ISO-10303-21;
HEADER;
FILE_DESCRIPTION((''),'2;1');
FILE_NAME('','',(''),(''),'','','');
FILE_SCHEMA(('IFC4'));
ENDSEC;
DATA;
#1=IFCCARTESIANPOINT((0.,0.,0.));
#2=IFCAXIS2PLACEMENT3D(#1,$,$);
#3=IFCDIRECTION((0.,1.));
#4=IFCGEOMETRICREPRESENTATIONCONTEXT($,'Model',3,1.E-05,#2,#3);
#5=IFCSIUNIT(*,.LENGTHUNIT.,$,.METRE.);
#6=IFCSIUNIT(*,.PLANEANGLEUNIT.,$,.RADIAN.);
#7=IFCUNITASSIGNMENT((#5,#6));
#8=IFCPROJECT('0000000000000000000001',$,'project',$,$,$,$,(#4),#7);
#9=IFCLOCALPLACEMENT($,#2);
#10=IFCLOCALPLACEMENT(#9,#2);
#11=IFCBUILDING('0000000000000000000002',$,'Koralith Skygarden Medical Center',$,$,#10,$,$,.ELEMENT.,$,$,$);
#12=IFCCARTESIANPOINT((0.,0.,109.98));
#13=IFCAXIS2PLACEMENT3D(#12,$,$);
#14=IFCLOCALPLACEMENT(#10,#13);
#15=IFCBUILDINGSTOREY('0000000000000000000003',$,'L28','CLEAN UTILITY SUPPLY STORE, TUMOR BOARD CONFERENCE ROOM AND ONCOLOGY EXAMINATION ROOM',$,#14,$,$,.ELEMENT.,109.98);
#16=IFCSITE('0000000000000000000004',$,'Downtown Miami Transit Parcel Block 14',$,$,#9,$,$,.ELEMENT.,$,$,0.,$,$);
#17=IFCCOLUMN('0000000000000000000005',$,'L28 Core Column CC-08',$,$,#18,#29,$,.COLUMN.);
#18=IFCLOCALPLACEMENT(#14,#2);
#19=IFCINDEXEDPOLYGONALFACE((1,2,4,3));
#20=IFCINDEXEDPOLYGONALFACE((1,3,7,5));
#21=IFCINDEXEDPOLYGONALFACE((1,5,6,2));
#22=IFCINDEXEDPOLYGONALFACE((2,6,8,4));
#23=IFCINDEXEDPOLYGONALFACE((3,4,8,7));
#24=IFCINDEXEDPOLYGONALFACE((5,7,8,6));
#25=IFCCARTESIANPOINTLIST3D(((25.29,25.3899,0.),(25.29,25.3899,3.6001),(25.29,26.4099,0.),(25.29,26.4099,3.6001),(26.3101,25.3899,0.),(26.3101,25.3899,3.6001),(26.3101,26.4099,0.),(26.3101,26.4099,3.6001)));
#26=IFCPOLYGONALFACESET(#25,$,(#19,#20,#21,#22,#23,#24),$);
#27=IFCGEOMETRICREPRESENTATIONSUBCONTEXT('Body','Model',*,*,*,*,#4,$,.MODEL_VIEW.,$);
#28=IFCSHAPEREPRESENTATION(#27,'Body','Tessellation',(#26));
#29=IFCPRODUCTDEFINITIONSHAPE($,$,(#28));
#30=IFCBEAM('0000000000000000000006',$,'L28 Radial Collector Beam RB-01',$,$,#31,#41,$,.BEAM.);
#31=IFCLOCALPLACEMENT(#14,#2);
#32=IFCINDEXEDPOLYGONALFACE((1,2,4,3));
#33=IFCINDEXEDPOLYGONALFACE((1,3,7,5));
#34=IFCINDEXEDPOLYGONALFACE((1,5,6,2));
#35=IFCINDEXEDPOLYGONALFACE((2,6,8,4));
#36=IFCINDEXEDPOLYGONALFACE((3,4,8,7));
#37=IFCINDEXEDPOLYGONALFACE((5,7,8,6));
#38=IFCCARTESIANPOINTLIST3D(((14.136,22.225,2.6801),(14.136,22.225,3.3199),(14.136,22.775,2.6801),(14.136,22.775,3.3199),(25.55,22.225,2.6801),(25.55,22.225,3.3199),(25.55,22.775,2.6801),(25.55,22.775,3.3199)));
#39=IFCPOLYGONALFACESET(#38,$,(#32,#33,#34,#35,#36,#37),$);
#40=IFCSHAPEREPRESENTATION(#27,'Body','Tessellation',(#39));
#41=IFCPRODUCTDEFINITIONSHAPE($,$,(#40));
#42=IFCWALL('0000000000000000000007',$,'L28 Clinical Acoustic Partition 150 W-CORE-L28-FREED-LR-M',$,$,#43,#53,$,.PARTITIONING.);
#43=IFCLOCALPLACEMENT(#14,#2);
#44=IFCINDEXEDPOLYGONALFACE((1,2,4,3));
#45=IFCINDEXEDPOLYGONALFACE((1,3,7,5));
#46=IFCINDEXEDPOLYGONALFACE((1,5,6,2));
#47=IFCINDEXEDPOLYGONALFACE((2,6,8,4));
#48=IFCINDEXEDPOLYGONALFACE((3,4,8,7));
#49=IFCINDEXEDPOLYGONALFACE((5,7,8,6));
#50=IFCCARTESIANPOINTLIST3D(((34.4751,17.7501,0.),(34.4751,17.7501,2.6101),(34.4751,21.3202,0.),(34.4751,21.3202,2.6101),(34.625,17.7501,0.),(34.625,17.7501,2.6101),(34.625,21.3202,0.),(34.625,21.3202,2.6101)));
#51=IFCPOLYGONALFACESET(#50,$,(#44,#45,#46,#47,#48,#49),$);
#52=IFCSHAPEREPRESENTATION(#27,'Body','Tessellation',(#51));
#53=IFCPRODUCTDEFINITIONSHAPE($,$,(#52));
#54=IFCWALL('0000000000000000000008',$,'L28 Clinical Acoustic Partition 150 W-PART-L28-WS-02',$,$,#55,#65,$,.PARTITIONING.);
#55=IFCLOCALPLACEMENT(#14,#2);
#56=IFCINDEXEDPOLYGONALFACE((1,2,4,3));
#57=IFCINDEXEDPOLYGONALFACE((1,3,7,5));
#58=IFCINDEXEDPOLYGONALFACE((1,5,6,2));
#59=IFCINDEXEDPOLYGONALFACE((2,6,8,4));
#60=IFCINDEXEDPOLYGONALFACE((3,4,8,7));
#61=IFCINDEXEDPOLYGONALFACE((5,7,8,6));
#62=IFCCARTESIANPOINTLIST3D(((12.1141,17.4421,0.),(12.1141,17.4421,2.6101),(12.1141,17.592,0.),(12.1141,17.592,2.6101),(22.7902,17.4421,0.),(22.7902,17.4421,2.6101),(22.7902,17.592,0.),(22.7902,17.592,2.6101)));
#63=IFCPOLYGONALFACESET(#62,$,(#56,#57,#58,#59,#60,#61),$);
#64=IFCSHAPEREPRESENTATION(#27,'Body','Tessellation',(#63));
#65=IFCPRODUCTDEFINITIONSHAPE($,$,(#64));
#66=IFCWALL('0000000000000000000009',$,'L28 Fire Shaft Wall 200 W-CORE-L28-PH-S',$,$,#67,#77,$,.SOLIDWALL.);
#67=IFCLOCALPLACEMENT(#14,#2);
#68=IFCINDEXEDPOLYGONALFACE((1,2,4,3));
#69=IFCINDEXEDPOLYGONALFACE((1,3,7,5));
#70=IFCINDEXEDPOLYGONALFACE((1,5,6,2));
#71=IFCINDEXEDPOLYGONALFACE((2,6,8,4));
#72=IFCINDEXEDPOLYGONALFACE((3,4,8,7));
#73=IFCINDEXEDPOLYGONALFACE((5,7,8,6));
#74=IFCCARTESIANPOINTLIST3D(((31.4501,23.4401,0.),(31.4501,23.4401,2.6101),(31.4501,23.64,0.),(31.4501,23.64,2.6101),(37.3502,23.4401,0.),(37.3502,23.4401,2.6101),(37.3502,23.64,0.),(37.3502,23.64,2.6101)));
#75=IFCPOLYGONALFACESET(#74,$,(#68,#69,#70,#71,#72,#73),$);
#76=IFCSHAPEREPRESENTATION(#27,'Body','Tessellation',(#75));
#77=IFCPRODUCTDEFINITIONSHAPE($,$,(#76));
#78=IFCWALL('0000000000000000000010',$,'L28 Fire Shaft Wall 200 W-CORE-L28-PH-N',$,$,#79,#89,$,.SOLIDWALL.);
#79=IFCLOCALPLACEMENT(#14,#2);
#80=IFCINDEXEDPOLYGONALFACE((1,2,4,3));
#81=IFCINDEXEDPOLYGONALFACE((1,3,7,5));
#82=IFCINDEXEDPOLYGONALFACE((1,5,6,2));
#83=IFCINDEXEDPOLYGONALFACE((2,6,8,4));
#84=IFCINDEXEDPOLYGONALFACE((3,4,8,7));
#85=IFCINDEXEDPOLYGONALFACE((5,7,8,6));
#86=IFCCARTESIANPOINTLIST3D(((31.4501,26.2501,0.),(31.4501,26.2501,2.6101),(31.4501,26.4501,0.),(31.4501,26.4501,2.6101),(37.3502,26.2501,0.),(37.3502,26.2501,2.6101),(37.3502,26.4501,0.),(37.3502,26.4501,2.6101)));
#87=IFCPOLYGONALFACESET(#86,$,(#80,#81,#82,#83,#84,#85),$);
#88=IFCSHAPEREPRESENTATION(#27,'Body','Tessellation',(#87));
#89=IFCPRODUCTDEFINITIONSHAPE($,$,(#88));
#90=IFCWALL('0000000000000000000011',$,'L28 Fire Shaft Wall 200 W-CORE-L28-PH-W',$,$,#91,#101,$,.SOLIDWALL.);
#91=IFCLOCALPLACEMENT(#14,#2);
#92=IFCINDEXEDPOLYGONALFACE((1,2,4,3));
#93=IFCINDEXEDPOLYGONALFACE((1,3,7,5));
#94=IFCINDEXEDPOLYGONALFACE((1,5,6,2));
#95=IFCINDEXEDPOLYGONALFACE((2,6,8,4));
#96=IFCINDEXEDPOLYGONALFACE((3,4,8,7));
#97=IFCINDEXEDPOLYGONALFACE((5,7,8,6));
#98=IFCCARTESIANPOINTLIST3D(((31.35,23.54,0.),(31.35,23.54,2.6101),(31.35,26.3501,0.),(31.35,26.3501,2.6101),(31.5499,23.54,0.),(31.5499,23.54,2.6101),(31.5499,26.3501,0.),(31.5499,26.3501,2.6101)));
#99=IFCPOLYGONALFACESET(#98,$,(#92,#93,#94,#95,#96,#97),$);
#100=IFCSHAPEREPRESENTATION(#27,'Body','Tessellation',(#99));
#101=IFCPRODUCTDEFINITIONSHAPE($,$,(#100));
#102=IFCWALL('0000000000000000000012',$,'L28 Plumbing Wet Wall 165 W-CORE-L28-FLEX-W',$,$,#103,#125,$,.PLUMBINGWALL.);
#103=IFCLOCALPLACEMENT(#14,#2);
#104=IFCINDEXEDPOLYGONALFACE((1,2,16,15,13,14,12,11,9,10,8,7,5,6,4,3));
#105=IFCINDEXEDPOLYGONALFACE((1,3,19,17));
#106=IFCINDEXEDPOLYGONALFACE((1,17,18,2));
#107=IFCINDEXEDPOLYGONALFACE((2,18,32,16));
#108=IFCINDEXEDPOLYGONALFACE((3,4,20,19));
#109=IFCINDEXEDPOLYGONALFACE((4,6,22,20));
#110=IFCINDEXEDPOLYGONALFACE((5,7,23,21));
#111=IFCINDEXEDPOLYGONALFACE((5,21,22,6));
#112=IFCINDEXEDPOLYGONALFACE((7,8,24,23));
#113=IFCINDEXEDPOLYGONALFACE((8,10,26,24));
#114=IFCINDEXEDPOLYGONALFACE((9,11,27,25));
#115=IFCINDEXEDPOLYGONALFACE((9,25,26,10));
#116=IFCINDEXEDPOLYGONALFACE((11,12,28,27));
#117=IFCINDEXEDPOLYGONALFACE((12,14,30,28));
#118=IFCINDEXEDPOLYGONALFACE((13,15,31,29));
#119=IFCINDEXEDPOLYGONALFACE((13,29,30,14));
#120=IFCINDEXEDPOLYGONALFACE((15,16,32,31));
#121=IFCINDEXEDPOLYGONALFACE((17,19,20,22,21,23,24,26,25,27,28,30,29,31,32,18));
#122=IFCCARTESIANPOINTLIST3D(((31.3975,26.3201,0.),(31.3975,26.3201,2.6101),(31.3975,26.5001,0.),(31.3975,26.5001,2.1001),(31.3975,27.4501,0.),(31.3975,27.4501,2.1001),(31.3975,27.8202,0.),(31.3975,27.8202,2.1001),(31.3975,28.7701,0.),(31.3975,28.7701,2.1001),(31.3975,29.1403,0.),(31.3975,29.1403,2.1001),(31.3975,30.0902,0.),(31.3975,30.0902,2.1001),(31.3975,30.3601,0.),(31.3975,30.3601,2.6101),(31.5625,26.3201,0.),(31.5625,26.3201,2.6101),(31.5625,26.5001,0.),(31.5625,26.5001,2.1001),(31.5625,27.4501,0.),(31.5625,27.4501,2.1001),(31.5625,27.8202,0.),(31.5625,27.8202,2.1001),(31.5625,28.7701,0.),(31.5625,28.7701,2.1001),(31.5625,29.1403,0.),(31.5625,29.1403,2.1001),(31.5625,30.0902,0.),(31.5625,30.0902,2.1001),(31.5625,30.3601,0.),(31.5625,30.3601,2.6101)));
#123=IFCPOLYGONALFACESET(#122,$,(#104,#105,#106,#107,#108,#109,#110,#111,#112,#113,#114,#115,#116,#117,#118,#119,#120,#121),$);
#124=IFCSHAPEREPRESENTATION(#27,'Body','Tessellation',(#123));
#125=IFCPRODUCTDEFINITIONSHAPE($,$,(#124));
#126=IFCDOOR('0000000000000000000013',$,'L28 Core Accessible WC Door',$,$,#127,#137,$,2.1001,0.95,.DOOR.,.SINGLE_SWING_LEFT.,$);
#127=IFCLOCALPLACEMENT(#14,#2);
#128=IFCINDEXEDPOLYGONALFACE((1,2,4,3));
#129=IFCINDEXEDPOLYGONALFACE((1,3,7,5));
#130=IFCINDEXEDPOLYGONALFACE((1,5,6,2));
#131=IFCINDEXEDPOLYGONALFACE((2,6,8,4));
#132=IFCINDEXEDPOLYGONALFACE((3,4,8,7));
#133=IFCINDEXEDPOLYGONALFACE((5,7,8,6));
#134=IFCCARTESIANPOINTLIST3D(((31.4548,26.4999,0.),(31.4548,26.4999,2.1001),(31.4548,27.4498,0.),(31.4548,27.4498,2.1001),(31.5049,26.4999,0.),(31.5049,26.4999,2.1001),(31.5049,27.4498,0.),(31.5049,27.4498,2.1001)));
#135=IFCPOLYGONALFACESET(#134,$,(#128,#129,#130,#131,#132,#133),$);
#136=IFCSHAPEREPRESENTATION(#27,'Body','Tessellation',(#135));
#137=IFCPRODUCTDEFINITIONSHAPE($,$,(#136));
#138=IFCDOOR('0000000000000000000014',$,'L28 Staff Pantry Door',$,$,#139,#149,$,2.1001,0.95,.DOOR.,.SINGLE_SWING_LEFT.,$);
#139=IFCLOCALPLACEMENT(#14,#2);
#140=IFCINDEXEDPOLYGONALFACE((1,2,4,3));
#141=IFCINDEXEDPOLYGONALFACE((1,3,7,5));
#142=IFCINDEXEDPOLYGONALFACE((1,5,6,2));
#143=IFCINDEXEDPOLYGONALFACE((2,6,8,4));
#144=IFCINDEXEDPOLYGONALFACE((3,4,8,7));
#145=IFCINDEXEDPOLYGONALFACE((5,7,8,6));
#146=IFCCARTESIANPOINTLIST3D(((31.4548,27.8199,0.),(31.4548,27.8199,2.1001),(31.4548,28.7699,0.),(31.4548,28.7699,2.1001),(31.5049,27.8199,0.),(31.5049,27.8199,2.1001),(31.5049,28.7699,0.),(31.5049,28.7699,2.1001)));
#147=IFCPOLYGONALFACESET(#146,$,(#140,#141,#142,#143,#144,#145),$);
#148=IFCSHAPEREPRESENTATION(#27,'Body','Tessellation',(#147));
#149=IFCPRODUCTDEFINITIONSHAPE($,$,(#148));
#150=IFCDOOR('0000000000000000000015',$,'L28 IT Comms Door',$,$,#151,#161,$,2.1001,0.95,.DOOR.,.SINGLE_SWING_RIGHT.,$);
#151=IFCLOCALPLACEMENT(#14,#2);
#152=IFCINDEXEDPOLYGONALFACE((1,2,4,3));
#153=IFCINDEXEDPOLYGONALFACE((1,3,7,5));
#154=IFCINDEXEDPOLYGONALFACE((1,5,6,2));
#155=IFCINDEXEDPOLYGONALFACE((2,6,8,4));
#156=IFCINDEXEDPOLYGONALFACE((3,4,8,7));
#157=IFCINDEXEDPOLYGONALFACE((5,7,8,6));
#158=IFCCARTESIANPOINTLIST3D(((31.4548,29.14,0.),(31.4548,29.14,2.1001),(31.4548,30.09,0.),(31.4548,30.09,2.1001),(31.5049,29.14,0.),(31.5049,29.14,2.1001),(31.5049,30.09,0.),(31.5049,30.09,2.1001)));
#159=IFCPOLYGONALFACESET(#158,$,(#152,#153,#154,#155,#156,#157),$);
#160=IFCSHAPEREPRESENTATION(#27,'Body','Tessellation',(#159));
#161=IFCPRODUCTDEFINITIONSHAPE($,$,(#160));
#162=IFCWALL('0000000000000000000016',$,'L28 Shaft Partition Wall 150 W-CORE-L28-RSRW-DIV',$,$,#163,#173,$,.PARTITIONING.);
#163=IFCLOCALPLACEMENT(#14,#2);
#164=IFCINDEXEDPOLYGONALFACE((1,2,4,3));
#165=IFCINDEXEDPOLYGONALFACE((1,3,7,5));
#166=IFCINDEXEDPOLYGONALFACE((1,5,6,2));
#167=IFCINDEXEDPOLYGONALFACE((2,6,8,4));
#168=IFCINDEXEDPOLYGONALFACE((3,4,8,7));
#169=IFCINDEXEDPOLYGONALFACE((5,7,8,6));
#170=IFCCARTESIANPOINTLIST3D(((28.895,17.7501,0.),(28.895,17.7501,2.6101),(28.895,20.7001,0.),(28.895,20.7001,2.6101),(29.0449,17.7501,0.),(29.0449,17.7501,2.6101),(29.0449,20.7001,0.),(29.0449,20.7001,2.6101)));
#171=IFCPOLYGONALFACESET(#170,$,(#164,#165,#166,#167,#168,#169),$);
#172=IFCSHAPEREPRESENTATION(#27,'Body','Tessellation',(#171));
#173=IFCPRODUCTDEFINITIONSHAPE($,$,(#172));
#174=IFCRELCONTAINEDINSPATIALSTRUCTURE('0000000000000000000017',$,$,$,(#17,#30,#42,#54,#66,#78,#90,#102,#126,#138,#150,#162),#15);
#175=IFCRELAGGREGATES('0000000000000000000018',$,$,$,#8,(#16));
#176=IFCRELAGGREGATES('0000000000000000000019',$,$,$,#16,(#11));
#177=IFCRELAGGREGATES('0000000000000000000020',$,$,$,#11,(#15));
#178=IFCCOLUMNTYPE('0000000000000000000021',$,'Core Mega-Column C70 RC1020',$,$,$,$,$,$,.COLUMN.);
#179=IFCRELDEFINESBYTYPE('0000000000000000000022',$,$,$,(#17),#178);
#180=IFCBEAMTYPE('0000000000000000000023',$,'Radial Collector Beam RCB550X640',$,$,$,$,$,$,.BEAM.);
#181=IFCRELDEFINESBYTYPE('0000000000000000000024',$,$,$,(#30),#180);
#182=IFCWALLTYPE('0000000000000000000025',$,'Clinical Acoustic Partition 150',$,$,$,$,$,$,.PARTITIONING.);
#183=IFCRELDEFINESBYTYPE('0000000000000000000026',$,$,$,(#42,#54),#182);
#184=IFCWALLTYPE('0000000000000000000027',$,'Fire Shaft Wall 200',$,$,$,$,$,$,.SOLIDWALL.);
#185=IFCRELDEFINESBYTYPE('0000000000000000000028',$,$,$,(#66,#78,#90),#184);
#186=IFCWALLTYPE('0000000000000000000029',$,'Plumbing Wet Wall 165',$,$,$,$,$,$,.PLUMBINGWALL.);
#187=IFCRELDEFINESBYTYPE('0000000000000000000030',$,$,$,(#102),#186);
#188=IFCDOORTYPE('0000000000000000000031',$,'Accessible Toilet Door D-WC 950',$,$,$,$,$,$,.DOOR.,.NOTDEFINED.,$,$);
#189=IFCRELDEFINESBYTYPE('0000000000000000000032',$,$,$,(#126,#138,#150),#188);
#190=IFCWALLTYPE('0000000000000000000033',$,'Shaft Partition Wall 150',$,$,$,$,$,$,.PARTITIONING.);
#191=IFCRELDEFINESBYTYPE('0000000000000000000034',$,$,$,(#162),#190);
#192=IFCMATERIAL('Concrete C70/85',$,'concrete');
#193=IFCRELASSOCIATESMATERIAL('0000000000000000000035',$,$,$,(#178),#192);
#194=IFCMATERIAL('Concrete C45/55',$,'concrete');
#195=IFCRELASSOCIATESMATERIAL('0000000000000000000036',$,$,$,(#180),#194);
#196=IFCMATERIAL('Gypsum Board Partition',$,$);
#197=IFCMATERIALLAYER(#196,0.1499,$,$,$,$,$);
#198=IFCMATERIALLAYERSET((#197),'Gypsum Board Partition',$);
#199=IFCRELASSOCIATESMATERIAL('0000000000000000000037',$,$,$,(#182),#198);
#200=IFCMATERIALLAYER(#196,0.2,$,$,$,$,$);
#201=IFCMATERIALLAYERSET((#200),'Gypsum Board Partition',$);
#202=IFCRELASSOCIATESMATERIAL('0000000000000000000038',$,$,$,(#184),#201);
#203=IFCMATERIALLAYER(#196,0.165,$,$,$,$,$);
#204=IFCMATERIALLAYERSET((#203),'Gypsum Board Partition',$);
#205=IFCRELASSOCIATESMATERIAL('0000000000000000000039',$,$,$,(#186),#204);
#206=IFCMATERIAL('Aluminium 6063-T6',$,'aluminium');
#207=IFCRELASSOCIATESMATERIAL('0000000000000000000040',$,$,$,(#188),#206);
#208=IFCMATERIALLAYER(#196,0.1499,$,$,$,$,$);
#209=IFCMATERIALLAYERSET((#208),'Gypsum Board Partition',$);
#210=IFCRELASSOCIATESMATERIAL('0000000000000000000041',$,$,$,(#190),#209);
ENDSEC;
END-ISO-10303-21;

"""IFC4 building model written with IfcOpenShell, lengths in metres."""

from ifc_helpers import new_model, si_unit, direction, frame, frame_2d, origin, origin_2d, place, context, subcontext, project, spatial, rectangle, extrude, material, layer, layer_set, material_profile, profile_set, type_object, element, fill, save


model = new_model("IFC4")

# Units and contexts
model_context = context("Model", 3, precision=1e-05, world=origin(), true_north=direction((0.0, 1.0)))
body_context = subcontext(model_context, "Body", "Model", "MODEL_VIEW")
ifc_project = project(units=[si_unit("LENGTHUNIT", "METRE"), si_unit("PLANEANGLEUNIT", "RADIAN")], contexts=[model_context])

# Site, building, storey
site_placement = place(None, origin())
site = spatial("IfcSite", under=ifc_project, at=site_placement, Name="Downtown Miami Transit Parcel Block 14", CompositionType="ELEMENT", RefElevation=0.0)
building_placement = place(site_placement, origin())
building = spatial("IfcBuilding", under=site, at=building_placement, Name="Koralith Skygarden Medical Center", CompositionType="ELEMENT")
storey_placement = place(building_placement, frame((0.0, 0.0, 109.98)))
storey = spatial("IfcBuildingStorey", under=building, at=storey_placement, Name="L28", Description="CLEAN UTILITY SUPPLY STORE, TUMOR BOARD CONFERENCE ROOM AND ONCOLOGY EXAMINATION ROOM", CompositionType="ELEMENT", Elevation=109.98)

# Column
ifc_material_1 = material(Name="Concrete C70/85", Category="concrete")
ifc_material_profile_1 = material_profile(ifc_material_1, rectangle(XDim=1.02, YDim=1.02, at=origin_2d()), Name="RC1020X1020")
ifc_profile_set_1 = profile_set([ifc_material_profile_1], Name="Concrete C70/85")
column_type = type_object("IfcColumnType", Name="Core Mega-Column C70 RC1020", PredefinedType="COLUMN", material=ifc_profile_set_1)
column_placement = place(storey_placement, frame((25.8, 25.8999, 0.0), z_axis=(0.0, 0.0, 1.0), x_axis=(1.0, 0.0, 0.0)))
element("IfcColumn", 1, at=column_placement, inside=storey, type_object=column_type, Name="L28 Core Column CC-08", PredefinedType="COLUMN", context=body_context, shape_type="SweptSolid", body=[
    extrude(rectangle(XDim=1.02, YDim=1.02, at=origin_2d()), origin(), (0.0, 0.0, 1.0), 3.6001),
])

# Beam
ifc_material_2 = material(Name="Concrete C45/55", Category="concrete")
ifc_material_profile_2 = material_profile(ifc_material_2, rectangle(XDim=0.55, YDim=0.6399, at=origin_2d()), Name="RCB550X640")
ifc_profile_set_2 = profile_set([ifc_material_profile_2], Name="Concrete C45/55")
beam_type = type_object("IfcBeamType", Name="Radial Collector Beam RCB550X640", PredefinedType="BEAM", material=ifc_profile_set_2)
beam_placement = place(storey_placement, frame((25.55, 22.5, 3.0), z_axis=(-1.0, 0.0, 0.0), x_axis=(0.0, -1.0, 0.0)))
element("IfcBeam", 2, at=beam_placement, inside=storey, type_object=beam_type, Name="L28 Radial Collector Beam RB-01", PredefinedType="BEAM", context=body_context, shape_type="SweptSolid", body=[
    extrude(rectangle(XDim=0.55, YDim=0.6399, at=origin_2d()), origin(), (0.0, 0.0, 1.0), 11.4141),
])

# Shared definitions
ifc_material_3 = material(Name="Gypsum Board Partition")
ifc_layer_1 = layer(ifc_material_3, 0.1499)
ifc_layer_set_1 = layer_set([ifc_layer_1], Name="Gypsum Board Partition")
wall_type_1 = type_object("IfcWallType", Name="Clinical Acoustic Partition 150", PredefinedType="PARTITIONING", material=ifc_layer_set_1)
ifc_material_4 = material(Name="Aluminium 6063-T6", Category="aluminium")

# Walls
wall_1_placement = place(storey_placement, frame((34.55, 17.75, 0.0), z_axis=(0.0, 0.0, 1.0), x_axis=(0.0, 1.0, 0.0)))
element("IfcWall", 3, at=wall_1_placement, inside=storey, type_object=wall_type_1, Name="L28 Clinical Acoustic Partition 150 W-CORE-L28-FREED-LR-M", PredefinedType="PARTITIONING", context=body_context, shape_type="SweptSolid", body=[
    extrude(rectangle(XDim=3.5701, YDim=0.1499, at=frame_2d((1.7852, 0.0))), origin(), (0.0, 0.0, 1.0), 2.6101),
])
wall_2_placement = place(storey_placement, frame((22.79, 17.5171, 0.0), z_axis=(0.0, 0.0, 1.0), x_axis=(-1.0, 0.0, 0.0)))
element("IfcWall", 4, at=wall_2_placement, inside=storey, type_object=wall_type_1, Name="L28 Clinical Acoustic Partition 150 W-PART-L28-WS-02", PredefinedType="PARTITIONING", context=body_context, shape_type="SweptSolid", body=[
    extrude(rectangle(XDim=10.676, YDim=0.1499, at=frame_2d((5.3379, 0.0))), origin(), (0.0, 0.0, 1.0), 2.6101),
])

# Shared definitions
ifc_layer_2 = layer(ifc_material_3, 0.2)
ifc_layer_set_2 = layer_set([ifc_layer_2], Name="Gypsum Board Partition")
wall_type_2 = type_object("IfcWallType", Name="Fire Shaft Wall 200", PredefinedType="SOLIDWALL", material=ifc_layer_set_2)

# Walls
for number, where, z_axis, x_axis, name in (
    (5, (31.45, 23.54, 0.0), (0.0, 0.0, 1.0), (1.0, 0.0, 0.0), "L28 Fire Shaft Wall 200 W-CORE-L28-PH-S"),
    (6, (31.45, 26.3501, 0.0), (0.0, 0.0, 1.0), (1.0, 0.0, 0.0), "L28 Fire Shaft Wall 200 W-CORE-L28-PH-N"),
):
    element("IfcWall", number, at=place(storey_placement, frame(where, z_axis=z_axis, x_axis=x_axis)), inside=storey, type_object=wall_type_2, Name=name, PredefinedType="SOLIDWALL", context=body_context, shape_type="SweptSolid", body=[
        extrude(rectangle(XDim=5.9001, YDim=0.2, at=frame_2d((2.9502, 0.0))), origin(), (0.0, 0.0, 1.0), 2.6101),
    ])
wall_3_placement = place(storey_placement, frame((31.45, 23.54, 0.0), z_axis=(0.0, 0.0, 1.0), x_axis=(0.0, 1.0, 0.0)))
element("IfcWall", 7, at=wall_3_placement, inside=storey, type_object=wall_type_2, Name="L28 Fire Shaft Wall 200 W-CORE-L28-PH-W", PredefinedType="SOLIDWALL", context=body_context, shape_type="SweptSolid", body=[
    extrude(rectangle(XDim=2.8101, YDim=0.2, at=frame_2d((1.405, 0.0))), origin(), (0.0, 0.0, 1.0), 2.6101),
])

# Wall, openings, doors
ifc_layer_3 = layer(ifc_material_3, 0.165)
ifc_layer_set_3 = layer_set([ifc_layer_3], Name="Gypsum Board Partition")
wall_type_3 = type_object("IfcWallType", Name="Plumbing Wet Wall 165", PredefinedType="PLUMBINGWALL", material=ifc_layer_set_3)
wall_4_placement = place(storey_placement, frame((31.48, 26.3201, 0.0), z_axis=(0.0, 0.0, 1.0), x_axis=(0.0, 1.0, 0.0)))
wall_4 = element("IfcWall", 8, at=wall_4_placement, inside=storey, type_object=wall_type_3, Name="L28 Plumbing Wet Wall 165 W-CORE-L28-FLEX-W", PredefinedType="PLUMBINGWALL", context=body_context, shape_type="SweptSolid", body=[
    extrude(rectangle(XDim=4.04, YDim=0.165, at=frame_2d((2.02, 0.0))), origin(), (0.0, 0.0, 1.0), 2.6101),
])
opening_1_placement = place(wall_4_placement, frame((0.1799, 0.0, 0.0)))
opening_1 = element("IfcOpeningElement", 9, at=opening_1_placement, cuts=wall_4, PredefinedType="OPENING", context=body_context, shape_type="SweptSolid", body=[
    extrude(rectangle(XDim=0.95, YDim=2.1001, at=frame_2d((0.4751, 1.05))), frame((0.0, 0.0925, 0.0), z_axis=(0.0, -1.0, 0.0), x_axis=(1.0, 0.0, 0.0)), (0.0, 0.0, 1.0), 0.1851),
])
opening_2_placement = place(wall_4_placement, frame((1.5, 0.0, 0.0)))
opening_2 = element("IfcOpeningElement", 10, at=opening_2_placement, cuts=wall_4, PredefinedType="OPENING", context=body_context, shape_type="SweptSolid", body=[
    extrude(rectangle(XDim=0.95, YDim=2.1001, at=frame_2d((0.4751, 1.05))), frame((0.0, 0.0925, 0.0), z_axis=(0.0, -1.0, 0.0), x_axis=(1.0, 0.0, 0.0)), (0.0, 0.0, 1.0), 0.1851),
])
opening_3_placement = place(wall_4_placement, frame((2.8201, 0.0, 0.0)))
opening_3 = element("IfcOpeningElement", 11, at=opening_3_placement, cuts=wall_4, PredefinedType="OPENING", context=body_context, shape_type="SweptSolid", body=[
    extrude(rectangle(XDim=0.95, YDim=2.1001, at=frame_2d((0.4751, 1.05))), frame((0.0, 0.0925, 0.0), z_axis=(0.0, -1.0, 0.0), x_axis=(1.0, 0.0, 0.0)), (0.0, 0.0, 1.0), 0.1851),
])
door_type_1 = type_object("IfcDoorType", Name="Accessible Toilet Door D-WC 950", OperationType="NOTDEFINED", PredefinedType="DOOR", material=ifc_material_4)
door_1_placement = place(opening_1_placement, frame((0.95, 0.0, 0.0), z_axis=(0.0, 0.0, 1.0), x_axis=(-1.0, 0.0, 0.0)))
door_1 = element("IfcDoor", 12, at=door_1_placement, inside=storey, type_object=door_type_1, Name="L28 Core Accessible WC Door", OperationType="SINGLE_SWING_LEFT", OverallHeight=2.1001, OverallWidth=0.95, PredefinedType="DOOR", context=body_context, shape_type="SweptSolid", body=[
    extrude(rectangle(XDim=0.95, YDim=2.1001, at=frame_2d((0.4751, 1.05))), frame((0.0, 0.0249, 0.0), z_axis=(0.0, -1.0, 0.0), x_axis=(1.0, 0.0, 0.0)), (0.0, 0.0, 1.0), 0.05),
])
fill(opening_1, door_1)
door_2_placement = place(opening_2_placement, frame((0.95, 0.0, 0.0), z_axis=(0.0, 0.0, 1.0), x_axis=(-1.0, 0.0, 0.0)))
door_2 = element("IfcDoor", 13, at=door_2_placement, inside=storey, type_object=door_type_1, Name="L28 Staff Pantry Door", OperationType="SINGLE_SWING_LEFT", OverallHeight=2.1001, OverallWidth=0.95, PredefinedType="DOOR", context=body_context, shape_type="SweptSolid", body=[
    extrude(rectangle(XDim=0.95, YDim=2.1001, at=frame_2d((0.4751, 1.05))), frame((0.0, 0.0249, 0.0), z_axis=(0.0, -1.0, 0.0), x_axis=(1.0, 0.0, 0.0)), (0.0, 0.0, 1.0), 0.05),
])
fill(opening_2, door_2)
door_3_placement = place(opening_3_placement, frame((0.95, 0.0, 0.0), z_axis=(0.0, 0.0, 1.0), x_axis=(-1.0, 0.0, 0.0)))
door_3 = element("IfcDoor", 14, at=door_3_placement, inside=storey, type_object=door_type_1, Name="L28 IT Comms Door", OperationType="SINGLE_SWING_RIGHT", OverallHeight=2.1001, OverallWidth=0.95, PredefinedType="DOOR", context=body_context, shape_type="SweptSolid", body=[
    extrude(rectangle(XDim=0.95, YDim=2.1001, at=frame_2d((0.4751, 1.05))), frame((0.0, 0.0249, 0.0), z_axis=(0.0, -1.0, 0.0), x_axis=(1.0, 0.0, 0.0)), (0.0, 0.0, 1.0), 0.05),
])
fill(opening_3, door_3)

# Wall
ifc_layer_4 = layer(ifc_material_3, 0.1499)
ifc_layer_set_4 = layer_set([ifc_layer_4], Name="Gypsum Board Partition")
wall_type_4 = type_object("IfcWallType", Name="Shaft Partition Wall 150", PredefinedType="PARTITIONING", material=ifc_layer_set_4)
wall_5_placement = place(storey_placement, frame((28.97, 17.75, 0.0), z_axis=(0.0, 0.0, 1.0), x_axis=(0.0, 1.0, 0.0)))
element("IfcWall", 15, at=wall_5_placement, inside=storey, type_object=wall_type_4, Name="L28 Shaft Partition Wall 150 W-CORE-L28-RSRW-DIV", PredefinedType="PARTITIONING", context=body_context, shape_type="SweptSolid", body=[
    extrude(rectangle(XDim=2.95, YDim=0.1499, at=frame_2d((1.4751, 0.0))), origin(), (0.0, 0.0, 1.0), 2.6101),
])

save(model, "model.ifc")
